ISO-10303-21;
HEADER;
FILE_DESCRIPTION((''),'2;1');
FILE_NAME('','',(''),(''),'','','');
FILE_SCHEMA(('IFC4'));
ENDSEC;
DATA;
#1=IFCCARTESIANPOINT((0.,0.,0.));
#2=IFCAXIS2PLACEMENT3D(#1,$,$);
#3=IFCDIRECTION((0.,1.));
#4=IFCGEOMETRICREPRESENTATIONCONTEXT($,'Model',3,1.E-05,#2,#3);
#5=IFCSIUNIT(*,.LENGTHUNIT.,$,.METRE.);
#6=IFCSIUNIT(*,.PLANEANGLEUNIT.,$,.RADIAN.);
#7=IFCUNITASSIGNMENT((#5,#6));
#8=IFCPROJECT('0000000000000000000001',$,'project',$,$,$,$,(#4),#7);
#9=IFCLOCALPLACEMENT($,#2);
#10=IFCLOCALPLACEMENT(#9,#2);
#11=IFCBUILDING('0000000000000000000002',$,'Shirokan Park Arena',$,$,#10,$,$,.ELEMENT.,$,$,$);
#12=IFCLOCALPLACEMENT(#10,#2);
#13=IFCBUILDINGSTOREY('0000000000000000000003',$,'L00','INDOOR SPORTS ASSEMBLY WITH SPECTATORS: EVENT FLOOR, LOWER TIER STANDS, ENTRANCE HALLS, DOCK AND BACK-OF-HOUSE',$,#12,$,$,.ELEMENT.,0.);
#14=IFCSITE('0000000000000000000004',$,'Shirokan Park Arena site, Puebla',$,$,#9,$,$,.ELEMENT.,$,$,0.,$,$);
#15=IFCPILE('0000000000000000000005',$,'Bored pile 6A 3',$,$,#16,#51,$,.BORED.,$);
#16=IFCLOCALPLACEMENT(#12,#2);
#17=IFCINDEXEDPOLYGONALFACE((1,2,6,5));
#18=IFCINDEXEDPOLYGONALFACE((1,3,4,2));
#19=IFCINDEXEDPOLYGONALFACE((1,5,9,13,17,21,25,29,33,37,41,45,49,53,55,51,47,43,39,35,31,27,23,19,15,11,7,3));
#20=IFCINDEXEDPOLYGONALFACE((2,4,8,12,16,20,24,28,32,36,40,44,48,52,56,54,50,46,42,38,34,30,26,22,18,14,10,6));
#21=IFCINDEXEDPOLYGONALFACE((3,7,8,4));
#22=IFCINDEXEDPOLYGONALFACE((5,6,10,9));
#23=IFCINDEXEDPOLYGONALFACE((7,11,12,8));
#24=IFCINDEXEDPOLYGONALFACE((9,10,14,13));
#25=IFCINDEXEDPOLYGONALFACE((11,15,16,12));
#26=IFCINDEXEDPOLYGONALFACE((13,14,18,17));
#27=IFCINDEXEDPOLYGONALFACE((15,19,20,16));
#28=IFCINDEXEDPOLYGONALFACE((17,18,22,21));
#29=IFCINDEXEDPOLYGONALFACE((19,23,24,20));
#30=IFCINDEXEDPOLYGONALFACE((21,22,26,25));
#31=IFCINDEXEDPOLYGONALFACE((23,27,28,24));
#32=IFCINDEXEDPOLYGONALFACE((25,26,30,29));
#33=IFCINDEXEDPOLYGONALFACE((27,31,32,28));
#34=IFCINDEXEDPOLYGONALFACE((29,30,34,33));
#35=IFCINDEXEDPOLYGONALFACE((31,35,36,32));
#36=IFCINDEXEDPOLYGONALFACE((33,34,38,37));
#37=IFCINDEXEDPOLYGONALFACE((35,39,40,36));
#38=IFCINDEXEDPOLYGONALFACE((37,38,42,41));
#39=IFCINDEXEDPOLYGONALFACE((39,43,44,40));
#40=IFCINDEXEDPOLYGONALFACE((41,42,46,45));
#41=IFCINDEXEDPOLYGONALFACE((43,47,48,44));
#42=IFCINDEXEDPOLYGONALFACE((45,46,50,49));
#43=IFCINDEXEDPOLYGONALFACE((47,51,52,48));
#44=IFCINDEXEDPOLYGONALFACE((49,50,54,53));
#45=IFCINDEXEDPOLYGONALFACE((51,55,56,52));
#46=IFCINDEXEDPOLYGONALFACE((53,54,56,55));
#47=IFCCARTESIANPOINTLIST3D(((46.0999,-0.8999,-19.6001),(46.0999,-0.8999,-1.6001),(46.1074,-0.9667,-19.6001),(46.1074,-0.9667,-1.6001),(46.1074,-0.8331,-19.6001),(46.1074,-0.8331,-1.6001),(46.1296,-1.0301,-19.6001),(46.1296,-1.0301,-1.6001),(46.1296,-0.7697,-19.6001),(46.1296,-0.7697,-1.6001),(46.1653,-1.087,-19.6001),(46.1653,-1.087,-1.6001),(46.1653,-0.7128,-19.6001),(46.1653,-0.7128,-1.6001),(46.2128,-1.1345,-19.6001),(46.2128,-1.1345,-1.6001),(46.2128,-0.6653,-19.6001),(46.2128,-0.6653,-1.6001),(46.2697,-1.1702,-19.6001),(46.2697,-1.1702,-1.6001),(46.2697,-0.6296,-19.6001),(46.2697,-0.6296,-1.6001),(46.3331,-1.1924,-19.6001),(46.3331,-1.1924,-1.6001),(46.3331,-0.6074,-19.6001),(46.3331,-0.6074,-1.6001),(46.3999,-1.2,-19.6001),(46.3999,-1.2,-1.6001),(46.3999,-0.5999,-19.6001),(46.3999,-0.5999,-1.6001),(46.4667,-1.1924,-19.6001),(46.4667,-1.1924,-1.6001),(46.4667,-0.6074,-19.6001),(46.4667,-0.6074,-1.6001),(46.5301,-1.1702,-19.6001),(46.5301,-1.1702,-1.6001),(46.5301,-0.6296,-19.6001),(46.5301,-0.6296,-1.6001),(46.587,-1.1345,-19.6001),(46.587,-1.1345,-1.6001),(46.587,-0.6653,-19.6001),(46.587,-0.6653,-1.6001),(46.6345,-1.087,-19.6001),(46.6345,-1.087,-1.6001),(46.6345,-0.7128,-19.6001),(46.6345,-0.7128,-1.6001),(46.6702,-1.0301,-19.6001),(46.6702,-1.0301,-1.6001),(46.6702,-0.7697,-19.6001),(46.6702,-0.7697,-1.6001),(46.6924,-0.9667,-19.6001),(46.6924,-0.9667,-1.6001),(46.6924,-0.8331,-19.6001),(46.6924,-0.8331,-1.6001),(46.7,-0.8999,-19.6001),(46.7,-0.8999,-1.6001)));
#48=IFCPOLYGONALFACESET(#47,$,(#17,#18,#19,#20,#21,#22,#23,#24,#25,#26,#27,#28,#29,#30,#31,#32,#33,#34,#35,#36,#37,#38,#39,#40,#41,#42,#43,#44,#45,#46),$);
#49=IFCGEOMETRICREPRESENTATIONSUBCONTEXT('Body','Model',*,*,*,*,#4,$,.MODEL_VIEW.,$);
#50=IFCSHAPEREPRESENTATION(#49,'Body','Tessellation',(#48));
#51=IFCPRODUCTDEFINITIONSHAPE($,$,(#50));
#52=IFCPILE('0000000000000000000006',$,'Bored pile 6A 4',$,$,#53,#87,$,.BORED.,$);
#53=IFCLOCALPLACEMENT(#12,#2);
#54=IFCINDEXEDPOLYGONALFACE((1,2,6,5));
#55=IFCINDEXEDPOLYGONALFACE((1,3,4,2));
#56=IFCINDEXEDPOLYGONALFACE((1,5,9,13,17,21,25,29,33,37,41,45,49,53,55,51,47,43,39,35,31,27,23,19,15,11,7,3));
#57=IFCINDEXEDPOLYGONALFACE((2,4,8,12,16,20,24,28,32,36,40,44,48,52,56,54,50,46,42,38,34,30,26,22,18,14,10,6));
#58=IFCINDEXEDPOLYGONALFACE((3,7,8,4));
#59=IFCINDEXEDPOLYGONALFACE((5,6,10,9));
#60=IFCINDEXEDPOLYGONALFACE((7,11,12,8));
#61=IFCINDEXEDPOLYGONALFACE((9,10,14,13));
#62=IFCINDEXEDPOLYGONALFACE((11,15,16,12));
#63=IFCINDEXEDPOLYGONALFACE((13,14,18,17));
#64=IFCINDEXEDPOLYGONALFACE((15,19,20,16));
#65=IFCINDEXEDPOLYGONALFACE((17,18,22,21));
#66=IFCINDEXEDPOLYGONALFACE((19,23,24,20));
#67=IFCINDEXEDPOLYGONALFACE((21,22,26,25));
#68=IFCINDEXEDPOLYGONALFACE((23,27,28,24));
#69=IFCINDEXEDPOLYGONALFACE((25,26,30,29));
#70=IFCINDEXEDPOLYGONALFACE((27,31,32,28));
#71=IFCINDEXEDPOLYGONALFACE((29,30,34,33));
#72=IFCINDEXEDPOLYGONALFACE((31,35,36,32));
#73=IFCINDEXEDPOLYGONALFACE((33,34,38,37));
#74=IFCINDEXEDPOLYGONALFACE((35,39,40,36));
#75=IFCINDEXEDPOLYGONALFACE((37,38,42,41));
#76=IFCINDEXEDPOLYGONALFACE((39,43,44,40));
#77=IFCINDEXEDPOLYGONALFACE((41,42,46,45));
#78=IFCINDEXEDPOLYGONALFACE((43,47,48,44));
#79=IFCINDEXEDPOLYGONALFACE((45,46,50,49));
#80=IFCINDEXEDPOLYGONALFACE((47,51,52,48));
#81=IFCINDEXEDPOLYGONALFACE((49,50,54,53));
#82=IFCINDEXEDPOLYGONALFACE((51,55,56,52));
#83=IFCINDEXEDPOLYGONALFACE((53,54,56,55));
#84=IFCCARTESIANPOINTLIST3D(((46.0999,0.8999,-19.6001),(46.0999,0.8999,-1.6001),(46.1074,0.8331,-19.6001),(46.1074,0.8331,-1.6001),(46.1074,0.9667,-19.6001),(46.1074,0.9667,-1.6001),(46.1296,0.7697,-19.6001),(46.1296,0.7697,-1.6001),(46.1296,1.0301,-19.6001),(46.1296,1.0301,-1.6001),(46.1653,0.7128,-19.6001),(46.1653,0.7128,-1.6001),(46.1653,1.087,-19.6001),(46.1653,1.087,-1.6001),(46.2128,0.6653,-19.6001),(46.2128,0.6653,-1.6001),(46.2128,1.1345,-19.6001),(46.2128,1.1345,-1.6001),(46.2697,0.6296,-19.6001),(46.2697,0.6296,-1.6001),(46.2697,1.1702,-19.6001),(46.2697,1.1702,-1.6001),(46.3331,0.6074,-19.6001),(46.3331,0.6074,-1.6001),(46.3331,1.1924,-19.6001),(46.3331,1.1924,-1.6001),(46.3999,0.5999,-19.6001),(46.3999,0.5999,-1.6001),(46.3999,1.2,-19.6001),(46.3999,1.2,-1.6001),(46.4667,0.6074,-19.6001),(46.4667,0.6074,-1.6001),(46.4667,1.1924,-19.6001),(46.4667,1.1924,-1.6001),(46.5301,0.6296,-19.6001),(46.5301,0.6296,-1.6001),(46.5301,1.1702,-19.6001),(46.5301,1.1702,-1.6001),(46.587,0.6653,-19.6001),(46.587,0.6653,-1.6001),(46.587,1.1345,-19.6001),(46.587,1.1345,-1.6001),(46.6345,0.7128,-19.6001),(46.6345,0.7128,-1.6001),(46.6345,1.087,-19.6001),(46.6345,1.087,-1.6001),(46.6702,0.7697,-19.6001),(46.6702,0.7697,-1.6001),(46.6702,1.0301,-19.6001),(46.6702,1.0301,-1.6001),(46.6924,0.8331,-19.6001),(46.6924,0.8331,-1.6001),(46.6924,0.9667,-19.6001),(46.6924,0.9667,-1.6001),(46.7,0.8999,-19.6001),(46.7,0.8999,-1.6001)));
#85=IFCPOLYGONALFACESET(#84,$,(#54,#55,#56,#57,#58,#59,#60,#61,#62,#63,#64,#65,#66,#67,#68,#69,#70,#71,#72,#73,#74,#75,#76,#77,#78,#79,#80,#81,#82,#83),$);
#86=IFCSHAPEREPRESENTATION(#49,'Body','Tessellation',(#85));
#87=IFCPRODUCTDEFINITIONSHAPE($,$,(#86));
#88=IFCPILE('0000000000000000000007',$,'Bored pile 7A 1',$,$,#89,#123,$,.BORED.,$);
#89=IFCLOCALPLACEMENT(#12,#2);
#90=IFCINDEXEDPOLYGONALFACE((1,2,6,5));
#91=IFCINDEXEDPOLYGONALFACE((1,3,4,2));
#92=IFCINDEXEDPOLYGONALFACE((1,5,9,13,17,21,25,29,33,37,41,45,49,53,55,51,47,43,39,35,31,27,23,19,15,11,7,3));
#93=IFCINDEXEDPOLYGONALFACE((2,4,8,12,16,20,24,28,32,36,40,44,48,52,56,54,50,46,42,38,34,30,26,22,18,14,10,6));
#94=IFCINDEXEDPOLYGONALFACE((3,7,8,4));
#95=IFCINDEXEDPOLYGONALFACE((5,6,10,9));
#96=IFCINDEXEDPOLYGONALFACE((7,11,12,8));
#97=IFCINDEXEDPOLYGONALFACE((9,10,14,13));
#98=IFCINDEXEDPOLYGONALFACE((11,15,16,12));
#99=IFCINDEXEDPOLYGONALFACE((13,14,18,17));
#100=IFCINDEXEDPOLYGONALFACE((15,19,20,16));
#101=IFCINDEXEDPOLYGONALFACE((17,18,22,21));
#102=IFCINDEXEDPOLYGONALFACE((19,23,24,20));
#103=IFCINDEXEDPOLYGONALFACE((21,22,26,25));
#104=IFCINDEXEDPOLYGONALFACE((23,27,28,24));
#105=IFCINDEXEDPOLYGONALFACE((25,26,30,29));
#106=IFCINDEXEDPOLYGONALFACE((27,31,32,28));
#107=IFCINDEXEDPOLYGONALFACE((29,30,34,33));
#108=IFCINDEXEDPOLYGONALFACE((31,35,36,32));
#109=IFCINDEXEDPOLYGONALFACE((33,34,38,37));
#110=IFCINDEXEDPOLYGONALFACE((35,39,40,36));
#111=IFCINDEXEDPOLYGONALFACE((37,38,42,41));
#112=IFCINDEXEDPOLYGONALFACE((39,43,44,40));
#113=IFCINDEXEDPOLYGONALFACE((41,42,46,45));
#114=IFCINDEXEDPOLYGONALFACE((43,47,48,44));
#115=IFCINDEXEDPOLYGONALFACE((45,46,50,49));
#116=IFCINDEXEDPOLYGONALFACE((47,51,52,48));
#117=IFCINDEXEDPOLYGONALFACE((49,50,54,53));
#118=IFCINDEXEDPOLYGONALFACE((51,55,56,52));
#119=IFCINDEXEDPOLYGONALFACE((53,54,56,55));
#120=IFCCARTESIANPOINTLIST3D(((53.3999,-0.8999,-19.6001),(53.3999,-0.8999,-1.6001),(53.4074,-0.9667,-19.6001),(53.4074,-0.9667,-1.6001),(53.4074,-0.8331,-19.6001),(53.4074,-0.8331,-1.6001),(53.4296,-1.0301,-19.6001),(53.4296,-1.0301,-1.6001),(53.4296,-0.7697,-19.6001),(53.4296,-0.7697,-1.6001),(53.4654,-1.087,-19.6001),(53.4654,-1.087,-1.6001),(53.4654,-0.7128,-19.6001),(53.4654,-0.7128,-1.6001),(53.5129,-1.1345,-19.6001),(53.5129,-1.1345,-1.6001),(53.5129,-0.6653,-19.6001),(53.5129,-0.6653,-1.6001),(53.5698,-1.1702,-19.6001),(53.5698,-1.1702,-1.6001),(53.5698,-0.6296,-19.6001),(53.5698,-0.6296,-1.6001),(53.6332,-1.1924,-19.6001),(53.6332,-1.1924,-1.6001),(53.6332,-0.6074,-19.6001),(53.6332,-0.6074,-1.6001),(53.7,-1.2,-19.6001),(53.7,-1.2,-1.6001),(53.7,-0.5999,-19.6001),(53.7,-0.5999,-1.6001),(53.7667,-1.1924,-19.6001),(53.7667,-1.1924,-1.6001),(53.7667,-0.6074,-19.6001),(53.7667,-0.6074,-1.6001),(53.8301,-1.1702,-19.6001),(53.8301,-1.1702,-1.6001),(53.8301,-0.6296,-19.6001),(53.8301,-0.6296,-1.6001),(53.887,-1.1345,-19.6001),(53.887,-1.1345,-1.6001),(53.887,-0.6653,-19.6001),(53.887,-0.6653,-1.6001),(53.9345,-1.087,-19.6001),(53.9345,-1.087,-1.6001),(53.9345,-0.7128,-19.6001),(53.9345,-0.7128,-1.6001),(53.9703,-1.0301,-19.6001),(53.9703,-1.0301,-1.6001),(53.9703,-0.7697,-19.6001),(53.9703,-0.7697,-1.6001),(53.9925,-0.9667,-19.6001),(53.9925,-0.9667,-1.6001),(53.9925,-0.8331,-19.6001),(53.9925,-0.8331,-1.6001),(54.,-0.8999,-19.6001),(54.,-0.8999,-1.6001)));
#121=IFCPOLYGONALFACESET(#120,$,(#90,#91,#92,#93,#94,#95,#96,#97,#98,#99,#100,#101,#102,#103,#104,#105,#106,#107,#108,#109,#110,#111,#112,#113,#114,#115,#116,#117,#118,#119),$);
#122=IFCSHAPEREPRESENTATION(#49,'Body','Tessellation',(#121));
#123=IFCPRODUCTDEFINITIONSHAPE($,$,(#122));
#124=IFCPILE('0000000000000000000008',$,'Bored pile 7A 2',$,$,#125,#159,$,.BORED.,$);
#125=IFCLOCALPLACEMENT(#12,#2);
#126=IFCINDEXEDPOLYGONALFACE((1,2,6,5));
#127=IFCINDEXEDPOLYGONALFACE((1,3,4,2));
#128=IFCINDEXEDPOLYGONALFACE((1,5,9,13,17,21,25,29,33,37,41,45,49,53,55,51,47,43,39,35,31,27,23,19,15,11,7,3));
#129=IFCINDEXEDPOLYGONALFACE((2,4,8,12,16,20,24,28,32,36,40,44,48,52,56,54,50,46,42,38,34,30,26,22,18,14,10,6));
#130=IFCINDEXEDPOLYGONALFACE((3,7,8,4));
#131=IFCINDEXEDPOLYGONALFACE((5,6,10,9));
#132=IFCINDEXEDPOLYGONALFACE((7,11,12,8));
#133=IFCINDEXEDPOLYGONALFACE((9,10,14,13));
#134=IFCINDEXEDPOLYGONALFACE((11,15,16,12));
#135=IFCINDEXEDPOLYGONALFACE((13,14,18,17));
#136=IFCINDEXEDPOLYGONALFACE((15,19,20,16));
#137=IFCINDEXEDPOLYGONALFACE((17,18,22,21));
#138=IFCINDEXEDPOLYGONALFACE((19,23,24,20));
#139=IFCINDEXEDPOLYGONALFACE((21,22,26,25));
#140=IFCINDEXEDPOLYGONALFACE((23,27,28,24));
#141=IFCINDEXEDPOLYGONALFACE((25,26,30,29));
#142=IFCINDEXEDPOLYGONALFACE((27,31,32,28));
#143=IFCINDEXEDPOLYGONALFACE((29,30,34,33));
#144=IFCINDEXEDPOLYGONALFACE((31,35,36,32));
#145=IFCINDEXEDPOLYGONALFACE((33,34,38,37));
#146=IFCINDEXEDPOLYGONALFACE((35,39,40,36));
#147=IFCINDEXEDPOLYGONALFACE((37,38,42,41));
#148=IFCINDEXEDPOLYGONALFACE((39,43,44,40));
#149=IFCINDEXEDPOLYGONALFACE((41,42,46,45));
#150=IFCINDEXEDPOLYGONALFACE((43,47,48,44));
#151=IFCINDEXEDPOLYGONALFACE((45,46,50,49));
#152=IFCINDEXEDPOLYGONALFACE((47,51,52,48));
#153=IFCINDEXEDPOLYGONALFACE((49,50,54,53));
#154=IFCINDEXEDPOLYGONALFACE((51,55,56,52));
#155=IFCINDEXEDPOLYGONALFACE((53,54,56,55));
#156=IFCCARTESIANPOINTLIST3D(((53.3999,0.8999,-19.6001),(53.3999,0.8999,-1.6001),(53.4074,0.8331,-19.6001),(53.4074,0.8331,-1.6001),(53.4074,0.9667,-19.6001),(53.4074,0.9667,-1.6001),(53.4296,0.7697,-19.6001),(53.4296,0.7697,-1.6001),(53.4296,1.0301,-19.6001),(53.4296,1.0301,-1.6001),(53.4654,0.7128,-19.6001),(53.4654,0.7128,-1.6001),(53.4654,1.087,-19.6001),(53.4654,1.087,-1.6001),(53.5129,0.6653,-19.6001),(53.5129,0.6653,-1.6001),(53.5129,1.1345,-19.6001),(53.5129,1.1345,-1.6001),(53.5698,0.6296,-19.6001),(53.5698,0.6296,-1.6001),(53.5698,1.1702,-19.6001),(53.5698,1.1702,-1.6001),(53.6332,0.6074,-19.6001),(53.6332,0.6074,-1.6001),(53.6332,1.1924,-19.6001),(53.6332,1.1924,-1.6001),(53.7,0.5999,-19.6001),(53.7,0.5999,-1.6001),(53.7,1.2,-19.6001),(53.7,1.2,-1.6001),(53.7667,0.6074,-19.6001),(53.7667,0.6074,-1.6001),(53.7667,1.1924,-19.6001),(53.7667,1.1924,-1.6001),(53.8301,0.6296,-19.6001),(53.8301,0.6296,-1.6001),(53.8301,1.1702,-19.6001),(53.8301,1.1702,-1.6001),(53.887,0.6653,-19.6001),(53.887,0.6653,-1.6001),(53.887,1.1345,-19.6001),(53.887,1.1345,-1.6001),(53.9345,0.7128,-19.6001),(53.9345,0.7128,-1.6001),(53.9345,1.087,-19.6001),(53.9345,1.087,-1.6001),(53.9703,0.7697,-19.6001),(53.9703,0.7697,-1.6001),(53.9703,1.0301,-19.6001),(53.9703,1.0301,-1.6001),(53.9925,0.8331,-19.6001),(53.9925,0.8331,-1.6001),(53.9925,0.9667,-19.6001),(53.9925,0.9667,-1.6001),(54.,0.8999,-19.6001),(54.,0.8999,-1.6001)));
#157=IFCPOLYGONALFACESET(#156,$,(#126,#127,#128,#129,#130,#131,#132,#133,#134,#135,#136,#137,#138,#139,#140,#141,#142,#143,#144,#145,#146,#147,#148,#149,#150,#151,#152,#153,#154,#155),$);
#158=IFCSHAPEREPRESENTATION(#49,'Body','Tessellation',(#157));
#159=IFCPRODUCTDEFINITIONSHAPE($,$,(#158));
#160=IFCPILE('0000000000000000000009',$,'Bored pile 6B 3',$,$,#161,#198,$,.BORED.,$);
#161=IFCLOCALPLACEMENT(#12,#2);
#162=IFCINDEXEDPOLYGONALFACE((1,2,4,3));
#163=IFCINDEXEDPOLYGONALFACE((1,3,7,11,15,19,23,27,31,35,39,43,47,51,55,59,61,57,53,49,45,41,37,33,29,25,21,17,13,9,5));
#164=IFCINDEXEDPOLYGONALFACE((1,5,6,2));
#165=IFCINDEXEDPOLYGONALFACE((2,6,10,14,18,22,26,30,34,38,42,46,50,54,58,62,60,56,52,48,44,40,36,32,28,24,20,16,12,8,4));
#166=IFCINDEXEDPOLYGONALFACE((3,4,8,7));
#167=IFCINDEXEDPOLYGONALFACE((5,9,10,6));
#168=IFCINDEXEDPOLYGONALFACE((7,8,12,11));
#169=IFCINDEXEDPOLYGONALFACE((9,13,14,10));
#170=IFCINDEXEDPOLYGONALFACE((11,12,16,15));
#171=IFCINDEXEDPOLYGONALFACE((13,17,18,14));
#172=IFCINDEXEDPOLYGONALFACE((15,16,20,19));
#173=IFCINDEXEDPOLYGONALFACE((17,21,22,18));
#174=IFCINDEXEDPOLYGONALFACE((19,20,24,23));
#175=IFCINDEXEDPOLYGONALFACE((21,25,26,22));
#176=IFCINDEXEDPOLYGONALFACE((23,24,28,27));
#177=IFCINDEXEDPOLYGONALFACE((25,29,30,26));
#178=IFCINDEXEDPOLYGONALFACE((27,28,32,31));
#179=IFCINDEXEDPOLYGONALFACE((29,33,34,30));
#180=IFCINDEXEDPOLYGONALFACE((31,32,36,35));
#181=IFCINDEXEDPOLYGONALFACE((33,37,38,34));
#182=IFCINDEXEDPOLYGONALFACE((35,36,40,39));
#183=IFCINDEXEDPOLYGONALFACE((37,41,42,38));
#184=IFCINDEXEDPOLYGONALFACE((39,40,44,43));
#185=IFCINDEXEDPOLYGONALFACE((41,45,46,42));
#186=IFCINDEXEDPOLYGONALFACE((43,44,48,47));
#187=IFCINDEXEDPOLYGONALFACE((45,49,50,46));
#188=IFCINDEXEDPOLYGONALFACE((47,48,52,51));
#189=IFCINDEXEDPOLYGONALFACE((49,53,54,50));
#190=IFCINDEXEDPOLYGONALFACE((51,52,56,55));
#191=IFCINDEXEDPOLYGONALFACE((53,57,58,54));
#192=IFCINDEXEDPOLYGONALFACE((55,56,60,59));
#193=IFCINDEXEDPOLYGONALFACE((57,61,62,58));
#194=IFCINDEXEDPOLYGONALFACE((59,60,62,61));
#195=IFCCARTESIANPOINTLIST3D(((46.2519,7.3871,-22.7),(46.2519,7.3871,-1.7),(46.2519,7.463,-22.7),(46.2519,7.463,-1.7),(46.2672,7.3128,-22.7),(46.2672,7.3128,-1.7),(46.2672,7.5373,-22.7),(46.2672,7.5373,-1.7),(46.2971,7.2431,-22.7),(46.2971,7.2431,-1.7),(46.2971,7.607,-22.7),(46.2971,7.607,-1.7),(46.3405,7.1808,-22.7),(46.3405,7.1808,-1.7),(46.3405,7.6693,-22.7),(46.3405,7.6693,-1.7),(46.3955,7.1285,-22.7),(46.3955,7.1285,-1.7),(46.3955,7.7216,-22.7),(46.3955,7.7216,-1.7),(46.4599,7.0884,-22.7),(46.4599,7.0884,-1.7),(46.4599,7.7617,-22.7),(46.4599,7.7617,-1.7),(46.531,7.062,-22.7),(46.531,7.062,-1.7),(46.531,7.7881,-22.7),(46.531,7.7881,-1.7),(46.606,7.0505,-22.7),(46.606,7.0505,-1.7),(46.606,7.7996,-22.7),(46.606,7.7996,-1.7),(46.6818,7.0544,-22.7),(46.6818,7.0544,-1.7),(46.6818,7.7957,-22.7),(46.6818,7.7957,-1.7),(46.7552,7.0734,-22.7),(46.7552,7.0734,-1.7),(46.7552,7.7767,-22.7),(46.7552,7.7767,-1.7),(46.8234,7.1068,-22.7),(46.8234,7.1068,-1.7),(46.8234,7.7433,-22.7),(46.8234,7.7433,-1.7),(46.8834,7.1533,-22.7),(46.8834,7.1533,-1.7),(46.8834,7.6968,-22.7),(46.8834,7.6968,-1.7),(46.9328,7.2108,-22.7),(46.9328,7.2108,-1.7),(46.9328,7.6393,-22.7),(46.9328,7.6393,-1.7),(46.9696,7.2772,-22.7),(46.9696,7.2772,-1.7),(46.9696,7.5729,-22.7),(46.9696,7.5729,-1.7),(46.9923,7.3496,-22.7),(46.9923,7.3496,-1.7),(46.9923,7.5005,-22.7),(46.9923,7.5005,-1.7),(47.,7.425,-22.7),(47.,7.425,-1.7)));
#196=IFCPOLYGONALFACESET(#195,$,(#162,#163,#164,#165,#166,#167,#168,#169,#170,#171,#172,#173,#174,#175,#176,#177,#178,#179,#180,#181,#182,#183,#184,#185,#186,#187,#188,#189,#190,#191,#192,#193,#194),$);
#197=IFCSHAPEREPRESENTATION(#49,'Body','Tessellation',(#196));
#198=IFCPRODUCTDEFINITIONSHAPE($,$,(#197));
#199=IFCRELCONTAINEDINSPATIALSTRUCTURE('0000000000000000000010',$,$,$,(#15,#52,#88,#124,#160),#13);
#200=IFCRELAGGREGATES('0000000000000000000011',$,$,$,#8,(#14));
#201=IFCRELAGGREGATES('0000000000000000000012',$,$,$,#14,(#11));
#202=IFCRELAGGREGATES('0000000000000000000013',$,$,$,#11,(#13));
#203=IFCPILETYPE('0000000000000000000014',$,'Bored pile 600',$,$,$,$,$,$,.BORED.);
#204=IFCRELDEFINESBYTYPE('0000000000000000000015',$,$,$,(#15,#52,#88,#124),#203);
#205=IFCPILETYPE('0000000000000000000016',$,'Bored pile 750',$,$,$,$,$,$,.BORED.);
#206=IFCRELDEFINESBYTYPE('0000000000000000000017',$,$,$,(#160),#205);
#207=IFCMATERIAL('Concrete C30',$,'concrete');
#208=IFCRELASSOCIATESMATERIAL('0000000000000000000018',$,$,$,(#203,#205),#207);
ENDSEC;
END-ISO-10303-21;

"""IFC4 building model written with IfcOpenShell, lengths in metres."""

from ifc_helpers import new_model, si_unit, direction, frame, origin, origin_2d, place, context, subcontext, project, spatial, circle, extrude, material, material_profile, profile_set, type_object, element, save


model = new_model("IFC4")

# Units and contexts
model_context = context("Model", 3, precision=1e-05, world=origin(), true_north=direction((0.0, 1.0)))
body_context = subcontext(model_context, "Body", "Model", "MODEL_VIEW")
ifc_project = project(units=[si_unit("LENGTHUNIT", "METRE"), si_unit("PLANEANGLEUNIT", "RADIAN")], contexts=[model_context])

# Site, building, storey
site_placement = place(None, origin())
site = spatial("IfcSite", under=ifc_project, at=site_placement, Name="Shirokan Park Arena site, Puebla", CompositionType="ELEMENT", RefElevation=0.0)
building_placement = place(site_placement, origin())
building = spatial("IfcBuilding", under=site, at=building_placement, Name="Shirokan Park Arena", CompositionType="ELEMENT")
storey_placement = place(building_placement, origin())
storey = spatial("IfcBuildingStorey", under=building, at=storey_placement, Name="L00", Description="INDOOR SPORTS ASSEMBLY WITH SPECTATORS: EVENT FLOOR, LOWER TIER STANDS, ENTRANCE HALLS, DOCK AND BACK-OF-HOUSE", CompositionType="ELEMENT", Elevation=0.0)

# Piles
ifc_material_1 = material(Name="Concrete C30", Category="concrete")
ifc_material_profile_1 = material_profile(ifc_material_1, circle(Radius=0.3, at=origin_2d()), Name="D600")
ifc_profile_set_1 = profile_set([ifc_material_profile_1], Name="Concrete C30")
pile_type_1 = type_object("IfcPileType", Name="Bored pile 600", PredefinedType="BORED", material=ifc_profile_set_1)
for number, where, z_axis, x_axis, name in (
    (1, (46.3999, -0.8999, -1.6001), (0.0, 0.0, -1.0), (1.0, 0.0, 0.0), "Bored pile 6A 3"),
    (2, (46.3999, 0.8999, -1.6001), (0.0, 0.0, -1.0), (1.0, 0.0, 0.0), "Bored pile 6A 4"),
    (3, (53.7, -0.8999, -1.6001), (0.0, 0.0, -1.0), (1.0, 0.0, 0.0), "Bored pile 7A 1"),
    (4, (53.7, 0.8999, -1.6001), (0.0, 0.0, -1.0), (1.0, 0.0, 0.0), "Bored pile 7A 2"),
):
    element("IfcPile", number, at=place(storey_placement, frame(where, z_axis=z_axis, x_axis=x_axis)), inside=storey, type_object=pile_type_1, Name=name, PredefinedType="BORED", context=body_context, shape_type="SweptSolid", body=[
        extrude(circle(Radius=0.3, at=origin_2d()), origin(), (0.0, 0.0, 1.0), 18.0),
    ])
ifc_material_profile_2 = material_profile(ifc_material_1, circle(Radius=0.375, at=origin_2d()), Name="D750")
ifc_profile_set_2 = profile_set([ifc_material_profile_2], Name="Concrete C30")
pile_type_2 = type_object("IfcPileType", Name="Bored pile 750", PredefinedType="BORED", material=ifc_profile_set_2)
for number, where, z_axis, x_axis, name in (
    (5, (46.625, 7.425, -1.7), (0.0, 0.0, -1.0), (1.0, 0.0, 0.0), "Bored pile 6B 3"),
):
    element("IfcPile", number, at=place(storey_placement, frame(where, z_axis=z_axis, x_axis=x_axis)), inside=storey, type_object=pile_type_2, Name=name, PredefinedType="BORED", context=body_context, shape_type="SweptSolid", body=[
        extrude(circle(Radius=0.375, at=origin_2d()), origin(), (0.0, 0.0, 1.0), 21.0),
    ])

save(model, "model.ifc")
